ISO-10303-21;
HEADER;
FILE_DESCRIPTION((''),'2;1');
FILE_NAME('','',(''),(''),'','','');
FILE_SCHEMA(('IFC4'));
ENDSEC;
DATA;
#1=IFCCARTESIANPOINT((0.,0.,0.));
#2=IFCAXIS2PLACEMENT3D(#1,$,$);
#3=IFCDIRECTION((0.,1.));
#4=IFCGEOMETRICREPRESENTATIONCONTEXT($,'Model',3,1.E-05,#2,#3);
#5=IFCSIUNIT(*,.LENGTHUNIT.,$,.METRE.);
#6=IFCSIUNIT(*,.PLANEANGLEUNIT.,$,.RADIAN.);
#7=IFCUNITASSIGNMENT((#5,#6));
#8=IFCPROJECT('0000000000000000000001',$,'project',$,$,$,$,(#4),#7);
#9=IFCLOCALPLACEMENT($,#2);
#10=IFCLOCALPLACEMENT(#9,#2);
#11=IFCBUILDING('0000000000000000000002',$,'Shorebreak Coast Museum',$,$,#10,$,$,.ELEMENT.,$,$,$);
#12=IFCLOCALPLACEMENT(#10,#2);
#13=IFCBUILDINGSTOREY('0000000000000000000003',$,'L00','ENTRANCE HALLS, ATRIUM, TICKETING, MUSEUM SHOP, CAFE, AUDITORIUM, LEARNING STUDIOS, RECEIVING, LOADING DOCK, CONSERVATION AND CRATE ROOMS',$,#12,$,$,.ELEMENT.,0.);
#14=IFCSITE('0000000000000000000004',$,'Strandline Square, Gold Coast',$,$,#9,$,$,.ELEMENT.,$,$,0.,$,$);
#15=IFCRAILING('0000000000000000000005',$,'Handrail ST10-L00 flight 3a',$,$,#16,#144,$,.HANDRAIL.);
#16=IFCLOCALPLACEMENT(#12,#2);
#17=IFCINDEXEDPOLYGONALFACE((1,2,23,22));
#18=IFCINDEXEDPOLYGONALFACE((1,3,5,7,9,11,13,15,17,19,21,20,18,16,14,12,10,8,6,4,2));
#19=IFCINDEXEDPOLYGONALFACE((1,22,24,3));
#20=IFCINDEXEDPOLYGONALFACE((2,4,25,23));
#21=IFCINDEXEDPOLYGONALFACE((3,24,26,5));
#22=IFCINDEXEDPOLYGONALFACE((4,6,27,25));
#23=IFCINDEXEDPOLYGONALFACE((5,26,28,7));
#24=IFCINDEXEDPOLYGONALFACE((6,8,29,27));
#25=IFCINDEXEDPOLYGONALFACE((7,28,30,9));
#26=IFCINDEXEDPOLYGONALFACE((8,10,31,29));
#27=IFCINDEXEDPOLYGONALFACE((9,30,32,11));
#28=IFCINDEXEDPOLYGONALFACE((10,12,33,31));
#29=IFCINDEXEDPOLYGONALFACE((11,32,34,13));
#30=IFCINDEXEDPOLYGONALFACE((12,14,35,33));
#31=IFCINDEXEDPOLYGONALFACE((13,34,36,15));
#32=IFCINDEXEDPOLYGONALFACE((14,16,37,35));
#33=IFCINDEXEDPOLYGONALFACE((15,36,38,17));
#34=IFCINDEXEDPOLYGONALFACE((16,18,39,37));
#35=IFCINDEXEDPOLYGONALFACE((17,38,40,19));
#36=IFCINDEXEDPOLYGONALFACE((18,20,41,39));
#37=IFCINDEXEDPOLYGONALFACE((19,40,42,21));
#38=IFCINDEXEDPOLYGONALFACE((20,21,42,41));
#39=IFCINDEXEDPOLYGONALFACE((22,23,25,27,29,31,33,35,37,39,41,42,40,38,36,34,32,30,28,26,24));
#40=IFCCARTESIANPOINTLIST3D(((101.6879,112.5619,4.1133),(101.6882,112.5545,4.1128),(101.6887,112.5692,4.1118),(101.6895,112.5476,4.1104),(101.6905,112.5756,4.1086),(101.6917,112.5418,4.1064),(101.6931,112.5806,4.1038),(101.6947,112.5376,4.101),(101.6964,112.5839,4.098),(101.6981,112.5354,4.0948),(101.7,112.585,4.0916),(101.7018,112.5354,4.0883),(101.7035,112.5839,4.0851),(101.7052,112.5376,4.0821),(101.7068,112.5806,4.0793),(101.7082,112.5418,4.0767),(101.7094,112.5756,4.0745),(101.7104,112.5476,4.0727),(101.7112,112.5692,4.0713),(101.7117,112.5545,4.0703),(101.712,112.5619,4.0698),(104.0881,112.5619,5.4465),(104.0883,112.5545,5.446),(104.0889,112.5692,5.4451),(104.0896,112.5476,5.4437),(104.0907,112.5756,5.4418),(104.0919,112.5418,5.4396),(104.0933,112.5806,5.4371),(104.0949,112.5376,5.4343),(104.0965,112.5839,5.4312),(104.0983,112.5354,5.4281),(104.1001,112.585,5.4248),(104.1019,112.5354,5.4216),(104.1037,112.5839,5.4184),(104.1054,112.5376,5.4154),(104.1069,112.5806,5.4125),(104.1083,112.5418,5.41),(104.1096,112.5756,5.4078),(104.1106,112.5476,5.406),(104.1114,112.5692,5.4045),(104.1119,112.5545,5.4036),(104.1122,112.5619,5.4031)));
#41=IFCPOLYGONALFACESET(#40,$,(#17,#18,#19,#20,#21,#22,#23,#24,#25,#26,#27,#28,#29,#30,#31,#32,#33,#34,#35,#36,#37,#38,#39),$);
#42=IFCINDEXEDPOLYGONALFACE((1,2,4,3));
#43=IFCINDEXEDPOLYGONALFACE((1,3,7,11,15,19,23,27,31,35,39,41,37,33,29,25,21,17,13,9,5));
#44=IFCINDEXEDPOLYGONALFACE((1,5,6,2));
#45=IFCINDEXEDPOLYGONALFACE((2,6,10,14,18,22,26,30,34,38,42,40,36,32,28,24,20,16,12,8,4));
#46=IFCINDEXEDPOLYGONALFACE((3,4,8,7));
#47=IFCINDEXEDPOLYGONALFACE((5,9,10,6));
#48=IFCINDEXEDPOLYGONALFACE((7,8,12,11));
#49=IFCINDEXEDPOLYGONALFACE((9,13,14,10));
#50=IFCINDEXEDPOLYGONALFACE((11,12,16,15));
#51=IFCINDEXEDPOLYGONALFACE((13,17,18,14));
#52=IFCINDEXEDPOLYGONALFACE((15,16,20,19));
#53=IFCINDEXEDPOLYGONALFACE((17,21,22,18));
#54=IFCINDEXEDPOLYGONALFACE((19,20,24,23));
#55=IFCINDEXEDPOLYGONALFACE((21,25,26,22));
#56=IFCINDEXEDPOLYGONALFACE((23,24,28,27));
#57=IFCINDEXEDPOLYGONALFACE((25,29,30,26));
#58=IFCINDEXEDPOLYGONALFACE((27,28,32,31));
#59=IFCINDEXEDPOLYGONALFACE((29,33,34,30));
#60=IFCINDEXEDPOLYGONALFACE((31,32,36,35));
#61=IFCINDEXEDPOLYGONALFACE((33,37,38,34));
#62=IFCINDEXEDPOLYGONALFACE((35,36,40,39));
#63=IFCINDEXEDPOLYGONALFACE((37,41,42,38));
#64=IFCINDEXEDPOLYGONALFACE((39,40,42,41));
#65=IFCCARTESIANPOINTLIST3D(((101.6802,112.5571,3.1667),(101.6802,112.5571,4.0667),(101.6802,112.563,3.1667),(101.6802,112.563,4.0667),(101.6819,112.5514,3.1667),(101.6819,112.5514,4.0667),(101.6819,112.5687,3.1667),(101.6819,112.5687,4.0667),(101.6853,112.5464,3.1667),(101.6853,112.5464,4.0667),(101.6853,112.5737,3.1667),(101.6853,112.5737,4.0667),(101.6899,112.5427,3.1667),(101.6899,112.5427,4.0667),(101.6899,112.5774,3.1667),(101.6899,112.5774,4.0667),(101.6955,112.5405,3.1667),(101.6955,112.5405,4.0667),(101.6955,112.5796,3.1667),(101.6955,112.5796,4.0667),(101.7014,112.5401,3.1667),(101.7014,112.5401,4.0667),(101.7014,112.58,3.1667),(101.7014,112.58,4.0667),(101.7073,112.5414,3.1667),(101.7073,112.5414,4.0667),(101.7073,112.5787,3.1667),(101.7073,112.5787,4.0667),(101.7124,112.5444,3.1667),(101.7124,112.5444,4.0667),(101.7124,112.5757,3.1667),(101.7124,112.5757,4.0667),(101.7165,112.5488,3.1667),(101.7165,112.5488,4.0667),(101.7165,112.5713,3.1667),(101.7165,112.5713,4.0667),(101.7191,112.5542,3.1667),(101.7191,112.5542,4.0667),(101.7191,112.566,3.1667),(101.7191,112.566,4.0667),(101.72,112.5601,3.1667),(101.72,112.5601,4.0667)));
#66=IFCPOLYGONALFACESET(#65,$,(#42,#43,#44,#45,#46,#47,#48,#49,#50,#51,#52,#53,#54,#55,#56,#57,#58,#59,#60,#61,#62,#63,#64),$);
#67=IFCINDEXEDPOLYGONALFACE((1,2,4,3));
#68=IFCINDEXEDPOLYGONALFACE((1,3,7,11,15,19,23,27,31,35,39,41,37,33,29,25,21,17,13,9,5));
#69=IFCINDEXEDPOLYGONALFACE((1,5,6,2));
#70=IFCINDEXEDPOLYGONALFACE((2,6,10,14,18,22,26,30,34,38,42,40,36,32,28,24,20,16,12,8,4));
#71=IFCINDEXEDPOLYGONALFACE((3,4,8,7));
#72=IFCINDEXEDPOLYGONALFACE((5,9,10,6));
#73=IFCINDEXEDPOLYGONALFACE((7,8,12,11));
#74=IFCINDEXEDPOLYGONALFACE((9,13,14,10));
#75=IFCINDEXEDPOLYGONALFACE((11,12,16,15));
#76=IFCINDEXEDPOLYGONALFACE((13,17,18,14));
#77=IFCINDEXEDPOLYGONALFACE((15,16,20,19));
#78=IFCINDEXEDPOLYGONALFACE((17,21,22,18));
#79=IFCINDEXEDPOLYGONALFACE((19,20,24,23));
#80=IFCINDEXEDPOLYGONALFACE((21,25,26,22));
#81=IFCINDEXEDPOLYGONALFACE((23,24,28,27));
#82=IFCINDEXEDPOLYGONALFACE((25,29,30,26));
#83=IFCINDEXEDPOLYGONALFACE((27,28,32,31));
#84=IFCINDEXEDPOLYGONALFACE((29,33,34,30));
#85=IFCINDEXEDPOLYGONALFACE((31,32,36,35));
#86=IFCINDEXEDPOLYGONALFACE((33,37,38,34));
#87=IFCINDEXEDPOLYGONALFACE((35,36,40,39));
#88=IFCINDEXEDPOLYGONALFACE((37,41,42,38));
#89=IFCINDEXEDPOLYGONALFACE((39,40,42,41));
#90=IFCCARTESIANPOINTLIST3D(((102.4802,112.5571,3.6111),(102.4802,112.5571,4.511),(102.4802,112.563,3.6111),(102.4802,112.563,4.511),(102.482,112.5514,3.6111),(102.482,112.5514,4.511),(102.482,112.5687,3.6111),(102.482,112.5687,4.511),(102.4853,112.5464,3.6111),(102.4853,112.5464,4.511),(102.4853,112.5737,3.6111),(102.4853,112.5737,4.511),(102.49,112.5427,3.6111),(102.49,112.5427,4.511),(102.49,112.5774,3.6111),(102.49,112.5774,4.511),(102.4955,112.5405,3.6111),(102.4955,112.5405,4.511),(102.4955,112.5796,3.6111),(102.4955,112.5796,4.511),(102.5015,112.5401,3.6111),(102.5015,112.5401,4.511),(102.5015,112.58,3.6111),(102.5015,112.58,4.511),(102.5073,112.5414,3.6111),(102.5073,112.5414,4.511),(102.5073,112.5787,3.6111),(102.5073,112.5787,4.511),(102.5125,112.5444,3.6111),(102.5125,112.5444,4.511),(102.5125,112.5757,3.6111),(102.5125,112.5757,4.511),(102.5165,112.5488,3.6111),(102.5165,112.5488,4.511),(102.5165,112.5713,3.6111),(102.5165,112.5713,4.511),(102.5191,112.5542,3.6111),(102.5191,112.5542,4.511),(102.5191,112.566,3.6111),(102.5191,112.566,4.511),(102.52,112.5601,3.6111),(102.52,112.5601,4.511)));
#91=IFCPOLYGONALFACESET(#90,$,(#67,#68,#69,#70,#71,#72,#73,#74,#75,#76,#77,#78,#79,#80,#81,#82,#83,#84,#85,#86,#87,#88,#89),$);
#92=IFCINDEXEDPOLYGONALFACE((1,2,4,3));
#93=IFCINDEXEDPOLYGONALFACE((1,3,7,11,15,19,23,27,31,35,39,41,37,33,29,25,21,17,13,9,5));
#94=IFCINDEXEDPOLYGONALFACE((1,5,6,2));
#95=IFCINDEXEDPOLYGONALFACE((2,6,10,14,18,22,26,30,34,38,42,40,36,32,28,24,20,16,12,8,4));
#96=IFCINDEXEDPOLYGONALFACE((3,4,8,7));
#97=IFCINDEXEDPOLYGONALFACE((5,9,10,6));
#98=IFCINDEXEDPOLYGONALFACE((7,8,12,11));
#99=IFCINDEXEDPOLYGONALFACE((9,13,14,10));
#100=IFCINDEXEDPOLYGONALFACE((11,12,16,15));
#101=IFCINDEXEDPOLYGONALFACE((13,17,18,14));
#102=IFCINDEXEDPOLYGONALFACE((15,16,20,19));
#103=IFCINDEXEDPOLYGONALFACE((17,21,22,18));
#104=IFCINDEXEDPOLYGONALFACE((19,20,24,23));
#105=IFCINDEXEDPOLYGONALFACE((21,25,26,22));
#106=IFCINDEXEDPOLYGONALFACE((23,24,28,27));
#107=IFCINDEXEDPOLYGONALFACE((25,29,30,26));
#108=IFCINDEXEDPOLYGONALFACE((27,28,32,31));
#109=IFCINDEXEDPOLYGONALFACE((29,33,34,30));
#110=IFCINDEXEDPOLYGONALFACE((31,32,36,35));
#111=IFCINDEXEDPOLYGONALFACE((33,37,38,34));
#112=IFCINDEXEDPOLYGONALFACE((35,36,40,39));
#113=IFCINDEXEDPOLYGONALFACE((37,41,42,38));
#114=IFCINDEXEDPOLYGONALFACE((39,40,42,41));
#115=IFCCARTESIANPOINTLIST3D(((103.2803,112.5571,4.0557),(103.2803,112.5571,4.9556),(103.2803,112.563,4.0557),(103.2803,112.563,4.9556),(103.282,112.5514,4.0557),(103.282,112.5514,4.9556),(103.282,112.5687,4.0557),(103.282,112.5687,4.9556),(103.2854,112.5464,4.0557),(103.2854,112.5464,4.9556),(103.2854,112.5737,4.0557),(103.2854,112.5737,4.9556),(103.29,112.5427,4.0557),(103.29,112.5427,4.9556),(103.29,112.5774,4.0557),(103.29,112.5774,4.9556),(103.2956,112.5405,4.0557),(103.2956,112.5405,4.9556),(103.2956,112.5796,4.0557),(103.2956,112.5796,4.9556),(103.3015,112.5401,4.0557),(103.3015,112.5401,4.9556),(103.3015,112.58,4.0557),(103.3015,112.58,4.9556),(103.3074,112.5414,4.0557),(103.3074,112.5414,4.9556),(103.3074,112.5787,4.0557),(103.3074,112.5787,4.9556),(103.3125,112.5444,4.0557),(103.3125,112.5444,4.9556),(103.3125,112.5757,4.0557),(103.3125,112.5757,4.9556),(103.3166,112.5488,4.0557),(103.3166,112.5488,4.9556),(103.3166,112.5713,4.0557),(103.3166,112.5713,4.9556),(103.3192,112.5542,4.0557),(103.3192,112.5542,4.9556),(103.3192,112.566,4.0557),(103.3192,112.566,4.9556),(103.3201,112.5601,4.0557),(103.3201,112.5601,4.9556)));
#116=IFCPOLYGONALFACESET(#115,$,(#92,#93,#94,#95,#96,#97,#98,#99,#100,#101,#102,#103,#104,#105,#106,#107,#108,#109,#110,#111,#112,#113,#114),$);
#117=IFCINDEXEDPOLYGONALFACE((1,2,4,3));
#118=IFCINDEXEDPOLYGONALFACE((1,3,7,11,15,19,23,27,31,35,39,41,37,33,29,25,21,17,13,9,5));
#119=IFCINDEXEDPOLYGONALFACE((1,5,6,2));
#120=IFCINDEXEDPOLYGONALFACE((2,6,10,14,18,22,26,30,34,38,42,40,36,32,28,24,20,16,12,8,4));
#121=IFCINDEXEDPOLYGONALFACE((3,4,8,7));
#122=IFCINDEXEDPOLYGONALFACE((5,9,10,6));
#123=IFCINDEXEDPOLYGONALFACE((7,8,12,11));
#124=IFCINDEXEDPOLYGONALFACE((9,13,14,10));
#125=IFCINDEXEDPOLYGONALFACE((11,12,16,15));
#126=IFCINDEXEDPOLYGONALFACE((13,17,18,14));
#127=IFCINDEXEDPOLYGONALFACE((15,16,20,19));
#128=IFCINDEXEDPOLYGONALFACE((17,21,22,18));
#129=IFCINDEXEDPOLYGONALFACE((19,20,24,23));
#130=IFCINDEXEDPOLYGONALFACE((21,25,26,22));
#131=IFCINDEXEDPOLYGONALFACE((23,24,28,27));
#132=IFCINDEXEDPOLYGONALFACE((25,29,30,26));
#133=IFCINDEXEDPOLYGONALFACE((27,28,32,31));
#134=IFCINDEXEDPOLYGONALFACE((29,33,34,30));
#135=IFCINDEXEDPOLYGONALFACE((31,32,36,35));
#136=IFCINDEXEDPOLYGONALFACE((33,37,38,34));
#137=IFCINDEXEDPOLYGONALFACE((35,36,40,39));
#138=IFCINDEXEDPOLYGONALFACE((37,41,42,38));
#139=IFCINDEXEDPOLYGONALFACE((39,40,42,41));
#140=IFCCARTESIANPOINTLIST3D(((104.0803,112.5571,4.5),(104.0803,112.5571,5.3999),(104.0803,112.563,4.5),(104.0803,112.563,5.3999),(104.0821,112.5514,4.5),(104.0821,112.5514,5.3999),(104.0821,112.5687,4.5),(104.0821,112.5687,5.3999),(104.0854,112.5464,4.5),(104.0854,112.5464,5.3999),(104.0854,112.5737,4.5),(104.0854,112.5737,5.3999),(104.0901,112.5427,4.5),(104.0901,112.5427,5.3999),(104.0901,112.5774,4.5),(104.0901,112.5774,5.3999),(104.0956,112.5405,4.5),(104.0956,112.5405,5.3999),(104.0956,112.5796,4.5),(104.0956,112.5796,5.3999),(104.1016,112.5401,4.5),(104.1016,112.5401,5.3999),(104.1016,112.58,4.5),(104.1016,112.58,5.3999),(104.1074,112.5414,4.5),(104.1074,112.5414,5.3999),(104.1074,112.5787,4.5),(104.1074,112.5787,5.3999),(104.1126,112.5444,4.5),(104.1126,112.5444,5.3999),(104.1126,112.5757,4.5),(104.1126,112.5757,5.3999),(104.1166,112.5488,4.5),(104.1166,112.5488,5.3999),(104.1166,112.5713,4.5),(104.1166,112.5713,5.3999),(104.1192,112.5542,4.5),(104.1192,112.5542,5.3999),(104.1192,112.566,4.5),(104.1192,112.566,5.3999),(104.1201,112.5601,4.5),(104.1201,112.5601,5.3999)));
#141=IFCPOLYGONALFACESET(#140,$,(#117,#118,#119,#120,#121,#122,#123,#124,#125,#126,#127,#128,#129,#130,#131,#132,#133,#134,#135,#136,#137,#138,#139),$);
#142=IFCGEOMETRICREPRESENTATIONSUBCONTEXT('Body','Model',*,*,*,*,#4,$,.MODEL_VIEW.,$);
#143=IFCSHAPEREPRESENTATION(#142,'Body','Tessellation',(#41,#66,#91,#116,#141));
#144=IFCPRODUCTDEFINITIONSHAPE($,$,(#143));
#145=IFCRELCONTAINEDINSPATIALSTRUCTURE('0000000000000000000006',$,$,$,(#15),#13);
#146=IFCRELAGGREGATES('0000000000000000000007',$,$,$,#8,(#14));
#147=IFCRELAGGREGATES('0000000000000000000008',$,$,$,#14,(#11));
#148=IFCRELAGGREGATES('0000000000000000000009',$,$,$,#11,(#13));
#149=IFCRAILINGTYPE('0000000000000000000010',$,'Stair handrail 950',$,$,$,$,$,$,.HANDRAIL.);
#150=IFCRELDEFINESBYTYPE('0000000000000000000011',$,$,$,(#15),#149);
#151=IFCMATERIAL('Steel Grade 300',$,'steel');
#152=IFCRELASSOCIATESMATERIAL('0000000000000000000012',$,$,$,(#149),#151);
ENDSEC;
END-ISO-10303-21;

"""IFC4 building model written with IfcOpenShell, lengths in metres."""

from ifc_helpers import new_model, si_unit, direction, frame, origin, origin_2d, place, context, subcontext, project, spatial, circle, extrude, material, type_object, element, save


model = new_model("IFC4")

# Units and contexts
model_context = context("Model", 3, precision=1e-05, world=origin(), true_north=direction((0.0, 1.0)))
body_context = subcontext(model_context, "Body", "Model", "MODEL_VIEW")
ifc_project = project(units=[si_unit("LENGTHUNIT", "METRE"), si_unit("PLANEANGLEUNIT", "RADIAN")], contexts=[model_context])

# Site, building, storey
site_placement = place(None, origin())
site = spatial("IfcSite", under=ifc_project, at=site_placement, Name="Strandline Square, Gold Coast", CompositionType="ELEMENT", RefElevation=0.0)
building_placement = place(site_placement, origin())
building = spatial("IfcBuilding", under=site, at=building_placement, Name="Shorebreak Coast Museum", CompositionType="ELEMENT")
storey_placement = place(building_placement, origin())
storey = spatial("IfcBuildingStorey", under=building, at=storey_placement, Name="L00", Description="ENTRANCE HALLS, ATRIUM, TICKETING, MUSEUM SHOP, CAFE, AUDITORIUM, LEARNING STUDIOS, RECEIVING, LOADING DOCK, CONSERVATION AND CRATE ROOMS", CompositionType="ELEMENT", Elevation=0.0)

# Railing
ifc_material_1 = material(Name="Steel Grade 300", Category="steel")
railing_type_1 = type_object("IfcRailingType", Name="Stair handrail 950", PredefinedType="HANDRAIL", material=ifc_material_1)
for number, where, name in (
    (1, (101.7, 112.5601, 3.1667), "Handrail ST10-L00 flight 3a"),
):
    element("IfcRailing", number, at=place(storey_placement, frame(where)), inside=storey, type_object=railing_type_1, Name=name, PredefinedType="HANDRAIL", context=body_context, shape_type="SweptSolid", body=[
        extrude(circle(Radius=0.0249, at=origin_2d()), frame((0.0, 0.0, 0.9248), z_axis=(0.874182, 0.0, 0.485598), x_axis=(0.0, 1.0, 0.0)), (0.0, 0.0, 1.0), 2.7456),
        extrude(circle(Radius=0.02, at=origin_2d()), origin(), (0.0, 0.0, 1.0), 0.8999),
        extrude(circle(Radius=0.02, at=origin_2d()), frame((0.8, 0.0, 0.4443)), (0.0, 0.0, 1.0), 0.8999),
        extrude(circle(Radius=0.02, at=origin_2d()), frame((1.6001, 0.0, 0.8889)), (0.0, 0.0, 1.0), 0.8999),
        extrude(circle(Radius=0.02, at=origin_2d()), frame((2.4001, 0.0, 1.3333)), (0.0, 0.0, 1.0), 0.8999),
    ])

save(model, "model.ifc")
